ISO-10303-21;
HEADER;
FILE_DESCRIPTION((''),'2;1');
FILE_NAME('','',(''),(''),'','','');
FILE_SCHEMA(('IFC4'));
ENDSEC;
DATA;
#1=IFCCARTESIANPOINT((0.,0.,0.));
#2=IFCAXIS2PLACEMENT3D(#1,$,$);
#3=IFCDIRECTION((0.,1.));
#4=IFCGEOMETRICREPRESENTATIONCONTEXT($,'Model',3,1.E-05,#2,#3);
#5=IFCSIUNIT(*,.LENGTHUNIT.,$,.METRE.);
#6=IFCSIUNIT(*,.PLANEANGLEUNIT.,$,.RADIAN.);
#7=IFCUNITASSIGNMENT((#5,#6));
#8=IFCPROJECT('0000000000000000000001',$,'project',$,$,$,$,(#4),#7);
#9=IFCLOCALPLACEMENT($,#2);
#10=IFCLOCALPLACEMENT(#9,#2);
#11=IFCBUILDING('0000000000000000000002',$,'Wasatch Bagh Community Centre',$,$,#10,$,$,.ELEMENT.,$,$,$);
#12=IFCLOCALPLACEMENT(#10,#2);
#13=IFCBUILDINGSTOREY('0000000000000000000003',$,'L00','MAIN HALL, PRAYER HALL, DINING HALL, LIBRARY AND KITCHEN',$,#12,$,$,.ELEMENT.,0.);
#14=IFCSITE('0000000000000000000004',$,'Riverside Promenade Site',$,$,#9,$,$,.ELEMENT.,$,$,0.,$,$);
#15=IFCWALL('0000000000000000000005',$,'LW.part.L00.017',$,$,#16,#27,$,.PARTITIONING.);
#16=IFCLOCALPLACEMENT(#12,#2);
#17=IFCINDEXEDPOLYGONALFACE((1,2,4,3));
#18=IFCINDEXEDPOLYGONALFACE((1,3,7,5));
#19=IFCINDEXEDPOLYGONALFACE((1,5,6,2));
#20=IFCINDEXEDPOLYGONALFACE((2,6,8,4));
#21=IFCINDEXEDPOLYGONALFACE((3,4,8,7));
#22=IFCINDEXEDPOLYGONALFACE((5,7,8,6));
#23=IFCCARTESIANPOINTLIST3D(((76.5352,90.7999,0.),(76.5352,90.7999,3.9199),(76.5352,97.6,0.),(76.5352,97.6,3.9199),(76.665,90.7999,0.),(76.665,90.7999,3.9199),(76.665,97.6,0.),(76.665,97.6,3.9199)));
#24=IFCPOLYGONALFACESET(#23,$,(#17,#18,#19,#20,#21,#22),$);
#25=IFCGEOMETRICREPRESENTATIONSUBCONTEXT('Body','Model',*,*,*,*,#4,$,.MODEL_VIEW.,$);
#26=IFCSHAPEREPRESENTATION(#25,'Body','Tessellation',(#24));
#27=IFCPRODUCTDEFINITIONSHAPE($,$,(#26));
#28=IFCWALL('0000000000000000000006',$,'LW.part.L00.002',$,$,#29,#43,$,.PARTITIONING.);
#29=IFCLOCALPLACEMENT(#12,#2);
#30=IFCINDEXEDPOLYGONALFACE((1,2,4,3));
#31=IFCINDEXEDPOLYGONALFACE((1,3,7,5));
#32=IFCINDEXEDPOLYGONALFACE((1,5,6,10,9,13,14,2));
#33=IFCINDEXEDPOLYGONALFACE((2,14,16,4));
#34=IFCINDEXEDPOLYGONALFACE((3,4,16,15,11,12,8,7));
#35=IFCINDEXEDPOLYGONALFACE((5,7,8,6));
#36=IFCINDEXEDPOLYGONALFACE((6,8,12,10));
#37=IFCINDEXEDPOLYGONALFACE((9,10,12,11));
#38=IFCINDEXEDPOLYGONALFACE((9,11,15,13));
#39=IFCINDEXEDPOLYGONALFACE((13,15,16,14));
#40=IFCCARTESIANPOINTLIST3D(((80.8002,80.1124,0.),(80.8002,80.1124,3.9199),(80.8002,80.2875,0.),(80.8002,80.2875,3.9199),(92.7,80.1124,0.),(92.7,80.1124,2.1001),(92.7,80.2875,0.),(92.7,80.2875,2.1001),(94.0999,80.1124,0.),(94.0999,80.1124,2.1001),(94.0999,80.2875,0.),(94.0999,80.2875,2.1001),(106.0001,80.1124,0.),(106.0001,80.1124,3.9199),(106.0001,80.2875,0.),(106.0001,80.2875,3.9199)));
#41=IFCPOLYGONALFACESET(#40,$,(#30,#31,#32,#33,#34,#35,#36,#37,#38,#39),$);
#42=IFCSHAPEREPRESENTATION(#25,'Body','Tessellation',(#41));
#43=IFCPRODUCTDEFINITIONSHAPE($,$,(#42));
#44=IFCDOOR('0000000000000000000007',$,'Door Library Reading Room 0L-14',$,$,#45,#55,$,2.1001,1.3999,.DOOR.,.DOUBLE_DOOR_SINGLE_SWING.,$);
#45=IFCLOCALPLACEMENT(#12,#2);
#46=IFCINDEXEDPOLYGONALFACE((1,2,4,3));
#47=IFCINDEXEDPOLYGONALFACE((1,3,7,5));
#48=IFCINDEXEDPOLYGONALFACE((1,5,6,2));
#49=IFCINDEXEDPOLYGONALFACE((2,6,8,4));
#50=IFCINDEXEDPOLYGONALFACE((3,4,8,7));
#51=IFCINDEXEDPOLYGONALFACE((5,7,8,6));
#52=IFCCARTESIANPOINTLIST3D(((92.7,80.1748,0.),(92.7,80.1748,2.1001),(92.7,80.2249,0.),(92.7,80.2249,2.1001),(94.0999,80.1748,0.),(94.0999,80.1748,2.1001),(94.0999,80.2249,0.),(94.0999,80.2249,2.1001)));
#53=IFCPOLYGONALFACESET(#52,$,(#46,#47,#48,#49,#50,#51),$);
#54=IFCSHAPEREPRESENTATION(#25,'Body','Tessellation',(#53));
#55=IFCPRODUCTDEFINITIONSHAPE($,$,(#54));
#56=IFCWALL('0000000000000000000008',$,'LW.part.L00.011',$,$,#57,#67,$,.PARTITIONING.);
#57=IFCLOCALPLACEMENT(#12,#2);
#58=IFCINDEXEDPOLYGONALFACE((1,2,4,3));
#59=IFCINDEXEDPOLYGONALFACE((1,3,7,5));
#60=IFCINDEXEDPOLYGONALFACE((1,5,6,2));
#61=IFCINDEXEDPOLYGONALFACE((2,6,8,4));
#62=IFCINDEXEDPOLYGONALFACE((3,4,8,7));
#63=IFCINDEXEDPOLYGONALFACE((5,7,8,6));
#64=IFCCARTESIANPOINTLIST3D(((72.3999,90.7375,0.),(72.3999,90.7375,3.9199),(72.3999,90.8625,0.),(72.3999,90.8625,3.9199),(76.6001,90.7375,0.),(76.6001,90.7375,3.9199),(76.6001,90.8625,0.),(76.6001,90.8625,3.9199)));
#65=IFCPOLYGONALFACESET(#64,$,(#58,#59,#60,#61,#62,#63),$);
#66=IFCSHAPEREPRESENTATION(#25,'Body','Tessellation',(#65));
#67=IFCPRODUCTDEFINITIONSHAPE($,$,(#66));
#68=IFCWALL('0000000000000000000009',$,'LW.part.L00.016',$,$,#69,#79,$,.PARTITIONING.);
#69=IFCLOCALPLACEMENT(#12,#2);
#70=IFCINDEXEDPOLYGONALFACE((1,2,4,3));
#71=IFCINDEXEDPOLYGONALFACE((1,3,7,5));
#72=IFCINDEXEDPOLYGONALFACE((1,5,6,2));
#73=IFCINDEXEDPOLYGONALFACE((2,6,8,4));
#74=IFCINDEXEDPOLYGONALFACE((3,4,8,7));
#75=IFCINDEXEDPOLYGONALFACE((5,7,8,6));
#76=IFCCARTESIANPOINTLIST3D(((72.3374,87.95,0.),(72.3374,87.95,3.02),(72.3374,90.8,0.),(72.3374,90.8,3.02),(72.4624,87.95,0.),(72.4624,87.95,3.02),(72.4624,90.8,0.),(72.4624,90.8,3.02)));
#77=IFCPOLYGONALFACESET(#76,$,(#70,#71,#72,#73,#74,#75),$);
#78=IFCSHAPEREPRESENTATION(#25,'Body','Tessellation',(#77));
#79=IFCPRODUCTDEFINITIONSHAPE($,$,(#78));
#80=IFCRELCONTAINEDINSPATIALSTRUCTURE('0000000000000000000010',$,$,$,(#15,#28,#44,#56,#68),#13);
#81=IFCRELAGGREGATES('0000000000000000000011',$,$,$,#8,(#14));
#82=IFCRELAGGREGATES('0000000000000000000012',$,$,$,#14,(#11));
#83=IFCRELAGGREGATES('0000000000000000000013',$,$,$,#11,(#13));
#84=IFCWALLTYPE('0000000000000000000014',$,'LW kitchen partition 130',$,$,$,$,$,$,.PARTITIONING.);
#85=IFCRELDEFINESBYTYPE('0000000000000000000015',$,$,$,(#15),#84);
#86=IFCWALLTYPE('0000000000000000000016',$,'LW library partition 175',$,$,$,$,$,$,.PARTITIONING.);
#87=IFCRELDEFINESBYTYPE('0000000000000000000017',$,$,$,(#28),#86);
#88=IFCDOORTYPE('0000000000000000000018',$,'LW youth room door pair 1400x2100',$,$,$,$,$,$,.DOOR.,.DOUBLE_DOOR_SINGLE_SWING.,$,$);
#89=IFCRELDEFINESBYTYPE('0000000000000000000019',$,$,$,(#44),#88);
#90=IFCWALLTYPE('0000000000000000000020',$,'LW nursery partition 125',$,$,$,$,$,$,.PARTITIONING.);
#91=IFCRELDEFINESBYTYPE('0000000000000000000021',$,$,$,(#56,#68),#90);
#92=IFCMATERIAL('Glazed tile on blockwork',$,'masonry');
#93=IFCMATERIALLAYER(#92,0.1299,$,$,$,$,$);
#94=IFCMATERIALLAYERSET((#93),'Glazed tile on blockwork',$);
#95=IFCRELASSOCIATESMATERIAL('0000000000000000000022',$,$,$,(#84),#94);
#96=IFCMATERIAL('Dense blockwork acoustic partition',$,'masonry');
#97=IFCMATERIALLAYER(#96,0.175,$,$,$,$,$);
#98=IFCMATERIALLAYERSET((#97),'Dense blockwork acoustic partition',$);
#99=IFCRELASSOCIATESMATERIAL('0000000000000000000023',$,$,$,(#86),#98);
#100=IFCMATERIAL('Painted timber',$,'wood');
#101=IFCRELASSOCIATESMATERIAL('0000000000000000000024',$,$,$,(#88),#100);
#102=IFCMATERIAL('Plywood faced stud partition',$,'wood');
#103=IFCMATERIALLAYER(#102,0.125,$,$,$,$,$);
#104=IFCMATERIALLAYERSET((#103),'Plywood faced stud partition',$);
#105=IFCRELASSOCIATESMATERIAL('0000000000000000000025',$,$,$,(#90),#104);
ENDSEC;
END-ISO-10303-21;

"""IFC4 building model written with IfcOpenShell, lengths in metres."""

from ifc_helpers import new_model, si_unit, direction, frame, frame_2d, origin, place, context, subcontext, project, spatial, rectangle, extrude, material, layer, layer_set, type_object, element, fill, save


model = new_model("IFC4")

# Units and contexts
model_context = context("Model", 3, precision=1e-05, world=origin(), true_north=direction((0.0, 1.0)))
body_context = subcontext(model_context, "Body", "Model", "MODEL_VIEW")
ifc_project = project(units=[si_unit("LENGTHUNIT", "METRE"), si_unit("PLANEANGLEUNIT", "RADIAN")], contexts=[model_context])

# Site, building, storey
site_placement = place(None, origin())
site = spatial("IfcSite", under=ifc_project, at=site_placement, Name="Riverside Promenade Site", CompositionType="ELEMENT", RefElevation=0.0)
building_placement = place(site_placement, origin())
building = spatial("IfcBuilding", under=site, at=building_placement, Name="Wasatch Bagh Community Centre", CompositionType="ELEMENT")
storey_placement = place(building_placement, origin())
storey = spatial("IfcBuildingStorey", under=building, at=storey_placement, Name="L00", Description="MAIN HALL, PRAYER HALL, DINING HALL, LIBRARY AND KITCHEN", CompositionType="ELEMENT", Elevation=0.0)

# Shared definitions
ifc_material_1 = material(Name="Painted timber", Category="wood")

# Shared definitions
ifc_material_2 = material(Name="Glazed tile on blockwork", Category="masonry")
ifc_layer_1 = layer(ifc_material_2, 0.1299)
ifc_layer_set_1 = layer_set([ifc_layer_1], Name="Glazed tile on blockwork")
wall_type_1 = type_object("IfcWallType", Name="LW kitchen partition 130", PredefinedType="PARTITIONING", material=ifc_layer_set_1)

# Wall
wall_1_placement = place(storey_placement, frame((76.6001, 90.8, 0.0), z_axis=(0.0, 0.0, 1.0), x_axis=(0.0, 1.0, 0.0)))
element("IfcWall", 1, at=wall_1_placement, inside=storey, type_object=wall_type_1, Name="LW.part.L00.017", PredefinedType="PARTITIONING", context=body_context, shape_type="SweptSolid", body=[
    extrude(rectangle(XDim=6.8, YDim=0.1299, at=frame_2d((3.3999, 0.0))), origin(), (0.0, 0.0, 1.0), 3.9199),
])

# Wall, opening, door
ifc_material_3 = material(Name="Dense blockwork acoustic partition", Category="masonry")
ifc_layer_2 = layer(ifc_material_3, 0.175)
ifc_layer_set_2 = layer_set([ifc_layer_2], Name="Dense blockwork acoustic partition")
wall_type_2 = type_object("IfcWallType", Name="LW library partition 175", PredefinedType="PARTITIONING", material=ifc_layer_set_2)
wall_2_placement = place(storey_placement, frame((80.8, 80.2, 0.0), z_axis=(0.0, 0.0, 1.0), x_axis=(1.0, 0.0, 0.0)))
wall_2 = element("IfcWall", 2, at=wall_2_placement, inside=storey, type_object=wall_type_2, Name="LW.part.L00.002", PredefinedType="PARTITIONING", context=body_context, shape_type="SweptSolid", body=[
    extrude(rectangle(XDim=25.2, YDim=0.175, at=frame_2d((12.6001, 0.0))), origin(), (0.0, 0.0, 1.0), 3.9199),
])
opening_1_placement = place(wall_2_placement, frame((11.8999, 0.0, 0.0)))
opening_1 = element("IfcOpeningElement", 3, at=opening_1_placement, cuts=wall_2, PredefinedType="OPENING", context=body_context, shape_type="SweptSolid", body=[
    extrude(rectangle(XDim=1.3999, YDim=2.1001, at=frame_2d((0.7, 1.05))), frame((0.0, 0.0974, 0.0), z_axis=(0.0, -1.0, 0.0), x_axis=(1.0, 0.0, 0.0)), (0.0, 0.0, 1.0), 0.1951),
])
door_type_1 = type_object("IfcDoorType", Name="LW youth room door pair 1400x2100", OperationType="DOUBLE_DOOR_SINGLE_SWING", PredefinedType="DOOR", material=ifc_material_1)
door_1_placement = place(opening_1_placement, origin())
door_1 = element("IfcDoor", 4, at=door_1_placement, inside=storey, type_object=door_type_1, Name="Door Library Reading Room 0L-14", OperationType="DOUBLE_DOOR_SINGLE_SWING", OverallHeight=2.1001, OverallWidth=1.3999, PredefinedType="DOOR", context=body_context, shape_type="SweptSolid", body=[
    extrude(rectangle(XDim=1.3999, YDim=2.1001, at=frame_2d((0.7, 1.05))), frame((0.0, 0.0249, 0.0), z_axis=(0.0, -1.0, 0.0), x_axis=(1.0, 0.0, 0.0)), (0.0, 0.0, 1.0), 0.05),
])
fill(opening_1, door_1)

# Walls
ifc_material_4 = material(Name="Plywood faced stud partition", Category="wood")
ifc_layer_3 = layer(ifc_material_4, 0.125)
ifc_layer_set_3 = layer_set([ifc_layer_3], Name="Plywood faced stud partition")
wall_type_3 = type_object("IfcWallType", Name="LW nursery partition 125", PredefinedType="PARTITIONING", material=ifc_layer_set_3)
wall_3_placement = place(storey_placement, frame((72.3999, 90.8, 0.0), z_axis=(0.0, 0.0, 1.0), x_axis=(1.0, 0.0, 0.0)))
element("IfcWall", 5, at=wall_3_placement, inside=storey, type_object=wall_type_3, Name="LW.part.L00.011", PredefinedType="PARTITIONING", context=body_context, shape_type="SweptSolid", body=[
    extrude(rectangle(XDim=4.2002, YDim=0.125, at=frame_2d((2.1001, 0.0))), origin(), (0.0, 0.0, 1.0), 3.9199),
])
wall_4_placement = place(storey_placement, frame((72.3999, 87.95, 0.0), z_axis=(0.0, 0.0, 1.0), x_axis=(0.0, 1.0, 0.0)))
element("IfcWall", 6, at=wall_4_placement, inside=storey, type_object=wall_type_3, Name="LW.part.L00.016", PredefinedType="PARTITIONING", context=body_context, shape_type="SweptSolid", body=[
    extrude(rectangle(XDim=2.8501, YDim=0.125, at=frame_2d((1.425, 0.0))), origin(), (0.0, 0.0, 1.0), 3.02),
])

save(model, "model.ifc")
